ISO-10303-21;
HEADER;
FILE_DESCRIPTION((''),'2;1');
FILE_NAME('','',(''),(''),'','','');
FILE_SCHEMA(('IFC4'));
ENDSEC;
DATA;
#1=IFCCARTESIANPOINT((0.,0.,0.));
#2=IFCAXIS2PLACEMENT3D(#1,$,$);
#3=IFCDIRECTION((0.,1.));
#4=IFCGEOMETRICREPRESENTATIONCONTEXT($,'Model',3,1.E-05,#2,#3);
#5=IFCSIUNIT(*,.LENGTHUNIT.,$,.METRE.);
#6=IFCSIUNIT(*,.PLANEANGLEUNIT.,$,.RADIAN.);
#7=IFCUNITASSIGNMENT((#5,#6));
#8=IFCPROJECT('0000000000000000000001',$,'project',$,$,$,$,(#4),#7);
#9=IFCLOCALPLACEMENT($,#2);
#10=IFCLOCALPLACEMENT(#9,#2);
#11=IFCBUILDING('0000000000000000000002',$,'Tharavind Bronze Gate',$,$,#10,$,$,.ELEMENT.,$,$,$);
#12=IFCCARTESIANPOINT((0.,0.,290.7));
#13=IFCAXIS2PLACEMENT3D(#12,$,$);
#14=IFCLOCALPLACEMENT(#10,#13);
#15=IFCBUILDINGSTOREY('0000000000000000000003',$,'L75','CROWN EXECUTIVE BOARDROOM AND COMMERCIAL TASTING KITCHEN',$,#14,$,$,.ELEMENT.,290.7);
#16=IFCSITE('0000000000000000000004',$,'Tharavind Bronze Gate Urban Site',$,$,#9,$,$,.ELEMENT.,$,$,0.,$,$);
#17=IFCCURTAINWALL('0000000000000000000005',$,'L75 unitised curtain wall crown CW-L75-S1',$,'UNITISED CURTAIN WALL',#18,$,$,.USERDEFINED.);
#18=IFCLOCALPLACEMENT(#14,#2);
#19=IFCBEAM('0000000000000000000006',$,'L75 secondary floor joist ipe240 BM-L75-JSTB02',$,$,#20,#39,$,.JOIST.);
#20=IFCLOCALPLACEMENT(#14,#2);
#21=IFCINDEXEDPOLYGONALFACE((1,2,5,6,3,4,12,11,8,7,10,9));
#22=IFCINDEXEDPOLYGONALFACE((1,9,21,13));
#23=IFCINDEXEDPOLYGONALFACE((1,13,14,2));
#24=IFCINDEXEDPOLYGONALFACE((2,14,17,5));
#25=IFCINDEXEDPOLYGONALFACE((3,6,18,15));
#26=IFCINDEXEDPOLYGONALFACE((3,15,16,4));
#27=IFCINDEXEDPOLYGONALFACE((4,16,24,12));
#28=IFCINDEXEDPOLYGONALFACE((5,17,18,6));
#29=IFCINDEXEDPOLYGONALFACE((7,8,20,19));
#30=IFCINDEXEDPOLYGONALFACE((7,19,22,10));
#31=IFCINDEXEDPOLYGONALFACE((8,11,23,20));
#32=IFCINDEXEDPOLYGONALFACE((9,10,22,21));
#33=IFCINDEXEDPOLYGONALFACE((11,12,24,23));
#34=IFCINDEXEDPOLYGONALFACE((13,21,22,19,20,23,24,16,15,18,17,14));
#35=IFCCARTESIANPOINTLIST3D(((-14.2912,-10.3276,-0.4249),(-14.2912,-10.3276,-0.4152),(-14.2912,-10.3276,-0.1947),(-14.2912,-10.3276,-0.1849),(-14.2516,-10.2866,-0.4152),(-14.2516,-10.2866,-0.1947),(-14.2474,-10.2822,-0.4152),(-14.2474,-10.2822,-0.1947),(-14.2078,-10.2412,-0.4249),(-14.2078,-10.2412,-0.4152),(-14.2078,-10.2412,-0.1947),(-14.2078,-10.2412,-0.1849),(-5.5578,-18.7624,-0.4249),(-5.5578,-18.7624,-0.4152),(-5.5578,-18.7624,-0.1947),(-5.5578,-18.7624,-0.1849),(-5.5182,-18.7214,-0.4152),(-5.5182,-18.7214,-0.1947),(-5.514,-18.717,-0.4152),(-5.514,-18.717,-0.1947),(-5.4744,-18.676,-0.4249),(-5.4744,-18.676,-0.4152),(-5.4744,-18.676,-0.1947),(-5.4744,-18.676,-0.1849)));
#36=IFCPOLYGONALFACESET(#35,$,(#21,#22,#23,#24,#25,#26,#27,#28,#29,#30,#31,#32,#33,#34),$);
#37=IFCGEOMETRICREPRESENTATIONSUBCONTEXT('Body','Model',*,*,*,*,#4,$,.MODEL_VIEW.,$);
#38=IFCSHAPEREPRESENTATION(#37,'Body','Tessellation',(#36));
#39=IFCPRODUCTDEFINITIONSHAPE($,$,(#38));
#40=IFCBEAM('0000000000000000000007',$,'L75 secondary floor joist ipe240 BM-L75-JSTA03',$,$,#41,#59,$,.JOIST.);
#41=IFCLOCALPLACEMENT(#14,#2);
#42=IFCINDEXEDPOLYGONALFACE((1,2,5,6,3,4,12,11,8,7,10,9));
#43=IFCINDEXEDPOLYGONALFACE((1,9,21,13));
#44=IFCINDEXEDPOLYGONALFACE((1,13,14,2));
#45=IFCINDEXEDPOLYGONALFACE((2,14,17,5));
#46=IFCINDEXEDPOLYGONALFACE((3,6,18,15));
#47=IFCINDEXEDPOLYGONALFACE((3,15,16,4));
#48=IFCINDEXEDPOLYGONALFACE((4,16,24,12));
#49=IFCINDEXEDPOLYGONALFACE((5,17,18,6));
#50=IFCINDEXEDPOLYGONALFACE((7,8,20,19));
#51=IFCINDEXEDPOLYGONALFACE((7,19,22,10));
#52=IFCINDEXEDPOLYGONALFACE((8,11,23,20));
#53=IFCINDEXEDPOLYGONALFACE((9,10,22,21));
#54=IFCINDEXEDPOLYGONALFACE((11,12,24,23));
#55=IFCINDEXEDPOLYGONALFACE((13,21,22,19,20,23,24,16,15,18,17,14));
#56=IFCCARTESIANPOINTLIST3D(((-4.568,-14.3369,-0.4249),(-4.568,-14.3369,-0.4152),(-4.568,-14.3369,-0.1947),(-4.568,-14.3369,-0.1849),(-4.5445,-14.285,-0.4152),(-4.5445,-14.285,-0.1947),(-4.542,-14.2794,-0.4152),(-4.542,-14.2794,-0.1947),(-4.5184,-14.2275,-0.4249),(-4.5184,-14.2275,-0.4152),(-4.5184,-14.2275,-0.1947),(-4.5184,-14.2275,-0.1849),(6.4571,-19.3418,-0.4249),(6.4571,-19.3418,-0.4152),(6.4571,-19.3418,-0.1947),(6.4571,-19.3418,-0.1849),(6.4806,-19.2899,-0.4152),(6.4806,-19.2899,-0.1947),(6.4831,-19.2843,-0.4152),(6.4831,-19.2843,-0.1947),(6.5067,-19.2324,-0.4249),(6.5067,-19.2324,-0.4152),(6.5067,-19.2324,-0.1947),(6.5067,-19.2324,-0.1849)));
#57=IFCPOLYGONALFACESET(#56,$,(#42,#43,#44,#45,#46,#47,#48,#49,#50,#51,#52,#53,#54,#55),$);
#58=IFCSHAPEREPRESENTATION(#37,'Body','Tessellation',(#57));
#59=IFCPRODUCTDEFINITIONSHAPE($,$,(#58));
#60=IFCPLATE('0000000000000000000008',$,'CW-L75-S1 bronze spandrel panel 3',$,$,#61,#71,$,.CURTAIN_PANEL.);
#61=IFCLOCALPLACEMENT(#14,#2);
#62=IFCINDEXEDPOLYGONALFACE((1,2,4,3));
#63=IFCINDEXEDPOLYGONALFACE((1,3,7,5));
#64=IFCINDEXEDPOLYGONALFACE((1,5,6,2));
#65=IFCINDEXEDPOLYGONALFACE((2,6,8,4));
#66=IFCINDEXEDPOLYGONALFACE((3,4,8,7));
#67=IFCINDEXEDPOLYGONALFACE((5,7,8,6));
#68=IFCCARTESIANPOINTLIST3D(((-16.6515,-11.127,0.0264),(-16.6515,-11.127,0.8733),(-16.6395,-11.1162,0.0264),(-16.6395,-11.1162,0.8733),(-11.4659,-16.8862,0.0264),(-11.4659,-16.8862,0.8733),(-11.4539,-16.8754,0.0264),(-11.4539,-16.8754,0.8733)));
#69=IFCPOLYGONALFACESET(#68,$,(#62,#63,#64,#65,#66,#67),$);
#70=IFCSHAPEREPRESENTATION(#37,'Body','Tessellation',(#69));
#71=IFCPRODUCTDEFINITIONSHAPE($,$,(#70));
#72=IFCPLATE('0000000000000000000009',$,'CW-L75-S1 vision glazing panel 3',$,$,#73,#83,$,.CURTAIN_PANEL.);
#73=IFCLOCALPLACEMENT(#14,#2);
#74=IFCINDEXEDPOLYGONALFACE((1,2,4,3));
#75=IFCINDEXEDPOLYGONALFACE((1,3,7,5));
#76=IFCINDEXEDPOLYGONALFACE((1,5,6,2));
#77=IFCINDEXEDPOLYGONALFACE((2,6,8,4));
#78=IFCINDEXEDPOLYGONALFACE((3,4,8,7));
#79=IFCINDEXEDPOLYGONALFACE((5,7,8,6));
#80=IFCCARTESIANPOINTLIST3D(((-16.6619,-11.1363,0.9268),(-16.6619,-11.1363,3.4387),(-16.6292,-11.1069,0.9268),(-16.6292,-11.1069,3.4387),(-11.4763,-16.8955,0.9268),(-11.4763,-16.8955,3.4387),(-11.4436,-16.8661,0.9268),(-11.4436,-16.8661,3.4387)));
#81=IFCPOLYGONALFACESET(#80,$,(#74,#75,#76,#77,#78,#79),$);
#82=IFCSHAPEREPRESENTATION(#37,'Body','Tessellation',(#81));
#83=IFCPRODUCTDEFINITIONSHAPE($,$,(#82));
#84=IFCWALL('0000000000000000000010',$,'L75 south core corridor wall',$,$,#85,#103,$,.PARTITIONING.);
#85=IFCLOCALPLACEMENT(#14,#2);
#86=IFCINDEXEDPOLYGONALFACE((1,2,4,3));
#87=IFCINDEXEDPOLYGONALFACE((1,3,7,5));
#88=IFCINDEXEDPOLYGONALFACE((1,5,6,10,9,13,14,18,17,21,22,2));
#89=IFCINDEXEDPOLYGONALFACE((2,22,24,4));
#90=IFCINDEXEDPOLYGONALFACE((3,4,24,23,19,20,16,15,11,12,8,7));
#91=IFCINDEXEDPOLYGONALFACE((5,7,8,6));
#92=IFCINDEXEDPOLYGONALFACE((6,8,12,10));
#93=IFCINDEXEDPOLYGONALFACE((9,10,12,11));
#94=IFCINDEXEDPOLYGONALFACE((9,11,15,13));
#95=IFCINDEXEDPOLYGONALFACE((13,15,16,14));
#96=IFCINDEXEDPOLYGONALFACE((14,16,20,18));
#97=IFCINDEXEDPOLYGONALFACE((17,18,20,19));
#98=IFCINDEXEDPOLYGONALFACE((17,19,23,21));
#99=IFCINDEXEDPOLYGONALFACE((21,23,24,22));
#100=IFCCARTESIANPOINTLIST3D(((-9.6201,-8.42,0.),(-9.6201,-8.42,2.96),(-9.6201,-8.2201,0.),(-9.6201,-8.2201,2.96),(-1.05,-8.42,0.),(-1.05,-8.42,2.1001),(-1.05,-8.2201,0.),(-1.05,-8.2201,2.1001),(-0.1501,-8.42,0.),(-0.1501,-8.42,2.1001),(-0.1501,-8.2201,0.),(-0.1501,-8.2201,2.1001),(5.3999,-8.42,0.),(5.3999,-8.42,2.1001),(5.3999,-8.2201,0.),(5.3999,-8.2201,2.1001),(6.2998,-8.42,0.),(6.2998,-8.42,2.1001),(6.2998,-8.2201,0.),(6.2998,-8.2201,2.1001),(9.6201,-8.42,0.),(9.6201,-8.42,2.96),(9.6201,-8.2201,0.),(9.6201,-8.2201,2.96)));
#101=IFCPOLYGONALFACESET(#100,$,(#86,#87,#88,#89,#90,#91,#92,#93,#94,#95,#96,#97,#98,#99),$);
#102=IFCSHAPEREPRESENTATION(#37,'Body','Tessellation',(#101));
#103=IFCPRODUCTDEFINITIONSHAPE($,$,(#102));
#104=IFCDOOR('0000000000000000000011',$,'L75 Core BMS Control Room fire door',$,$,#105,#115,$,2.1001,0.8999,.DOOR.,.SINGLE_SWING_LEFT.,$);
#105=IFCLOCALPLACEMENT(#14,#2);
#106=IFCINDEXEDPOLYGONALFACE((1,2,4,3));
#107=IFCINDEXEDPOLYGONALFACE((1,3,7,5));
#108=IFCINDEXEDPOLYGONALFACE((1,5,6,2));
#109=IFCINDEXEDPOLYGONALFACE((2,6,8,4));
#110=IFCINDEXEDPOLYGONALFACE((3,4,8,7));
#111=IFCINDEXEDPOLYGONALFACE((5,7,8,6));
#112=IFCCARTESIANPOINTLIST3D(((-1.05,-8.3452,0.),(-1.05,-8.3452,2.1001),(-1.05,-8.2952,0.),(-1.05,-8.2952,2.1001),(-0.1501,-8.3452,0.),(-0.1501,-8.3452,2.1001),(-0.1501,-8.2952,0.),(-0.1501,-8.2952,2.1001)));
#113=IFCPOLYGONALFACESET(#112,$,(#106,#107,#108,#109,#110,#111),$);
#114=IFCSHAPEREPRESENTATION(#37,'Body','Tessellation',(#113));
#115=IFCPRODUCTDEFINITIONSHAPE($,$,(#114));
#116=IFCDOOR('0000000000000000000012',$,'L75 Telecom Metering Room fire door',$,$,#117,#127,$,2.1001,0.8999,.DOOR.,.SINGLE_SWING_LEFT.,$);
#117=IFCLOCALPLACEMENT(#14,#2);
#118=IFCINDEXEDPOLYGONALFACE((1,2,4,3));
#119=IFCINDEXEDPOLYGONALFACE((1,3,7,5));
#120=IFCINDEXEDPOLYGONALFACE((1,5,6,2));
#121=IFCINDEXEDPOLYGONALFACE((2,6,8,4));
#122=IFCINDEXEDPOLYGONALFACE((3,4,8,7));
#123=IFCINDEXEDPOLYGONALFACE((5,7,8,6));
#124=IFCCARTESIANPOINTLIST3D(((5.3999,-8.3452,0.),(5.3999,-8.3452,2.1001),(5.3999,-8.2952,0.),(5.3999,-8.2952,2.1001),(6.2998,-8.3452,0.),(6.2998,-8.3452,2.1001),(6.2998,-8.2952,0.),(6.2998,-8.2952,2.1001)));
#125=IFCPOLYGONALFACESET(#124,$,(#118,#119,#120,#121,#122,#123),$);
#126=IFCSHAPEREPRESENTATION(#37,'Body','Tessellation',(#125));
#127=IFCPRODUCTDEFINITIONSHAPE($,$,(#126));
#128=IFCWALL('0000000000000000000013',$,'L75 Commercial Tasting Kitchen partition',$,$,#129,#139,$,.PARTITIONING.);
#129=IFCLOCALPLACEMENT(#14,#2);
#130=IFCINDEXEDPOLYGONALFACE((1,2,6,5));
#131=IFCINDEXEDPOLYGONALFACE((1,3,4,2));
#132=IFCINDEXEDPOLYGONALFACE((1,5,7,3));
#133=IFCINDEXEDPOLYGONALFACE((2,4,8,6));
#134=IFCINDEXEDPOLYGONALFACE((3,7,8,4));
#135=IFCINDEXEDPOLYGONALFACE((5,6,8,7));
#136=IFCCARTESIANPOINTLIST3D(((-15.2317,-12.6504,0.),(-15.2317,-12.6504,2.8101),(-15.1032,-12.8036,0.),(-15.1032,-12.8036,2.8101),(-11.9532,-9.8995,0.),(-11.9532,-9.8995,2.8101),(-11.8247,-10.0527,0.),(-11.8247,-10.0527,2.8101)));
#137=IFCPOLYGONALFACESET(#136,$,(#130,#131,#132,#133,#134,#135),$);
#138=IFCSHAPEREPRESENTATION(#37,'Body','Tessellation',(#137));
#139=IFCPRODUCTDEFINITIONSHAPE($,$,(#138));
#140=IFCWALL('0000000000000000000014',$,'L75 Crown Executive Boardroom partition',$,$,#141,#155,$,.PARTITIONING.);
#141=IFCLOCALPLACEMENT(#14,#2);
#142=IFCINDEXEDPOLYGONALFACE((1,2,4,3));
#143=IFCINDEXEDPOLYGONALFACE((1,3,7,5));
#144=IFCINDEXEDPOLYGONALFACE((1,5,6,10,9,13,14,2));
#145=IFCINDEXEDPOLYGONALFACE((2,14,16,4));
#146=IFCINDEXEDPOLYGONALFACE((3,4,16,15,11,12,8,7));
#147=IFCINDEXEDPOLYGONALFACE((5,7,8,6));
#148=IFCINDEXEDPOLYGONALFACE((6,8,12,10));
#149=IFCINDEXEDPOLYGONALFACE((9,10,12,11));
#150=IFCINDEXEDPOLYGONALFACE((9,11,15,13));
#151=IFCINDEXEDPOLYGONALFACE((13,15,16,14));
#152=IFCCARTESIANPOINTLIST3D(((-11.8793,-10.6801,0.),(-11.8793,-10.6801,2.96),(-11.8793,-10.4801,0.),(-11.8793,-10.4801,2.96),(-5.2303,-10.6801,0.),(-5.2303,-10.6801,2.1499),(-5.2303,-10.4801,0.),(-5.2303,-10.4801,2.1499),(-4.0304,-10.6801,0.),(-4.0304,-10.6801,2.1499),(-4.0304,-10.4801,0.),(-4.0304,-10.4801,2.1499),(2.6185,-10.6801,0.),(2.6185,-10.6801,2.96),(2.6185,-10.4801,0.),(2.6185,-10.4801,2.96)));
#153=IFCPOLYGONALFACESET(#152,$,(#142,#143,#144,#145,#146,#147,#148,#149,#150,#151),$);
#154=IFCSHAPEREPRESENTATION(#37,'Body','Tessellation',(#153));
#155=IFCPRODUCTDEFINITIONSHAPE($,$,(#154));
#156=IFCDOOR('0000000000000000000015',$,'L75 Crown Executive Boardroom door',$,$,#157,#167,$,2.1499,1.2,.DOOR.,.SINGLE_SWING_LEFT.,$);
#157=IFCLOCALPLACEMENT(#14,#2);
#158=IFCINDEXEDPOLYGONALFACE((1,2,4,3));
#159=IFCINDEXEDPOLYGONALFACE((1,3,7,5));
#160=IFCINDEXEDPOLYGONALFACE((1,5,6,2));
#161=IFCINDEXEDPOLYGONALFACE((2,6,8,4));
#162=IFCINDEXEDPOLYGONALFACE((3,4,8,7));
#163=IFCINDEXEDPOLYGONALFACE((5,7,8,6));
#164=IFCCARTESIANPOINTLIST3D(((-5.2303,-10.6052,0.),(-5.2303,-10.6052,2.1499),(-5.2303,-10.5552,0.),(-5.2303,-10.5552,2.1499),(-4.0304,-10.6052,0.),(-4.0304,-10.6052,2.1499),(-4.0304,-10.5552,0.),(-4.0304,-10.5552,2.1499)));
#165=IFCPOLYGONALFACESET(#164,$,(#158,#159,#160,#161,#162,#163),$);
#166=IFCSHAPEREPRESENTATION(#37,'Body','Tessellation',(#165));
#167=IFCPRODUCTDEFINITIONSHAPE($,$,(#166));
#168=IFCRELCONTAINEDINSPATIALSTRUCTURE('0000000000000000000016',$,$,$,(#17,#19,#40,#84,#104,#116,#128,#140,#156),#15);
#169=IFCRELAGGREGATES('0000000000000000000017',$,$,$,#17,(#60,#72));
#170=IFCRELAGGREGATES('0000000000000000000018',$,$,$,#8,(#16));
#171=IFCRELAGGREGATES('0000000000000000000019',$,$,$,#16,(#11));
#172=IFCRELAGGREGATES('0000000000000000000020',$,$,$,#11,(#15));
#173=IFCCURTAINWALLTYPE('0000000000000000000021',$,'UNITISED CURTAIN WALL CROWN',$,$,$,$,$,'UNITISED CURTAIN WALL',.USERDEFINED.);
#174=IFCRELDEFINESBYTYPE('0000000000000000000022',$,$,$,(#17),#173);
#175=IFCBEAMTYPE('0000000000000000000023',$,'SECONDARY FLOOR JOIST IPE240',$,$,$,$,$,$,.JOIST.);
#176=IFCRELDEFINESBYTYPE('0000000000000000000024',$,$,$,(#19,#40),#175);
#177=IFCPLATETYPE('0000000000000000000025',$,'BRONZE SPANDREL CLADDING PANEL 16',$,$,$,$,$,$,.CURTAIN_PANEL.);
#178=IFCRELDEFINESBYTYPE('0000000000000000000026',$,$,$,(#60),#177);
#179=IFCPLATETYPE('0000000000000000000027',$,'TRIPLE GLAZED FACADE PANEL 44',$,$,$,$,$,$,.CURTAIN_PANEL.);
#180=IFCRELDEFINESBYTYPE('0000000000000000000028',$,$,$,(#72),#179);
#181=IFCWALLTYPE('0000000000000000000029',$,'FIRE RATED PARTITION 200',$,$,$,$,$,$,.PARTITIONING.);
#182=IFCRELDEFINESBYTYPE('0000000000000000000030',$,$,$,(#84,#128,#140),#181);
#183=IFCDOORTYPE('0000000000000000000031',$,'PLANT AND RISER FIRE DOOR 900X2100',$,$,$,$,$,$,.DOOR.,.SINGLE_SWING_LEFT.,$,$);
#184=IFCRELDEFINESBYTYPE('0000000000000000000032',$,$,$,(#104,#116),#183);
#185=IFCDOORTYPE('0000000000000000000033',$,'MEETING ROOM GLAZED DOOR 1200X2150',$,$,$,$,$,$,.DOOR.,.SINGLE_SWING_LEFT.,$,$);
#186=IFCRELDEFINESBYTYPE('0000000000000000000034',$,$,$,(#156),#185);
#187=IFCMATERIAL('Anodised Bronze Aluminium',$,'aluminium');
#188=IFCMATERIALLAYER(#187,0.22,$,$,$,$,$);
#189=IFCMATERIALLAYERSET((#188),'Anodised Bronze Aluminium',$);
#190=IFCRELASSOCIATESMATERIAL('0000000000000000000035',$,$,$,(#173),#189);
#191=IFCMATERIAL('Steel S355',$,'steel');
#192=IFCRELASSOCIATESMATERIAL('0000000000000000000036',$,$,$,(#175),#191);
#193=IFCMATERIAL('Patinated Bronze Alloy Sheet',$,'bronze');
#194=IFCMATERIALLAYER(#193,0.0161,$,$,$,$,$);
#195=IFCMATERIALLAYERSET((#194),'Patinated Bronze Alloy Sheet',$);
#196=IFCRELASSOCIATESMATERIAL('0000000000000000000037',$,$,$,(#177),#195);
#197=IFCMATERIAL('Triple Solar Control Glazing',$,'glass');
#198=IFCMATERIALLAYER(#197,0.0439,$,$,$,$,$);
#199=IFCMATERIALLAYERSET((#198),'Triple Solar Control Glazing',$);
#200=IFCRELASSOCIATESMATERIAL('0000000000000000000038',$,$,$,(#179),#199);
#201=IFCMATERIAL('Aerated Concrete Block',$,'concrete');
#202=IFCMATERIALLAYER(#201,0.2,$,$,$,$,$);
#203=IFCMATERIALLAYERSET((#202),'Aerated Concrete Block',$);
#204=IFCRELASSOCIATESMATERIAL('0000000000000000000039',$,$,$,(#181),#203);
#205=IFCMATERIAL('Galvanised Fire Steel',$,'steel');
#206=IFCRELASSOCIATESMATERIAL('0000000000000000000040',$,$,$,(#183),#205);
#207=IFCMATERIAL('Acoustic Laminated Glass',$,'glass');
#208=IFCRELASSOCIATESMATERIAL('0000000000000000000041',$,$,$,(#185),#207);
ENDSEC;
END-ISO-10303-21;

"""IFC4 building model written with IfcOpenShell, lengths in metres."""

from ifc_helpers import new_model, si_unit, direction, frame, frame_2d, origin, origin_2d, place, context, subcontext, project, spatial, rectangle, i_section, extrude, material, layer, layer_set, material_profile, profile_set, type_object, element, fill, aggregate, save


model = new_model("IFC4")

# Units and contexts
model_context = context("Model", 3, precision=1e-05, world=origin(), true_north=direction((0.0, 1.0)))
body_context = subcontext(model_context, "Body", "Model", "MODEL_VIEW")
ifc_project = project(units=[si_unit("LENGTHUNIT", "METRE"), si_unit("PLANEANGLEUNIT", "RADIAN")], contexts=[model_context])

# Site, building, storey
site_placement = place(None, origin())
site = spatial("IfcSite", under=ifc_project, at=site_placement, Name="Tharavind Bronze Gate Urban Site", CompositionType="ELEMENT", RefElevation=0.0)
building_placement = place(site_placement, origin())
building = spatial("IfcBuilding", under=site, at=building_placement, Name="Tharavind Bronze Gate", CompositionType="ELEMENT")
storey_placement = place(building_placement, frame((0.0, 0.0, 290.7)))
storey = spatial("IfcBuildingStorey", under=building, at=storey_placement, Name="L75", Description="CROWN EXECUTIVE BOARDROOM AND COMMERCIAL TASTING KITCHEN", CompositionType="ELEMENT", Elevation=290.7)

# Curtain wall
ifc_material_1 = material(Name="Anodised Bronze Aluminium", Category="aluminium")
ifc_layer_1 = layer(ifc_material_1, 0.22)
ifc_layer_set_1 = layer_set([ifc_layer_1], Name="Anodised Bronze Aluminium")
curtain_wall_type = type_object("IfcCurtainWallType", Name="UNITISED CURTAIN WALL CROWN", ElementType="UNITISED CURTAIN WALL", PredefinedType="USERDEFINED", material=ifc_layer_set_1)
curtain_wall_placement = place(storey_placement, origin())
curtain_wall = element("IfcCurtainWall", 1, at=curtain_wall_placement, inside=storey, type_object=curtain_wall_type, Name="L75 unitised curtain wall crown CW-L75-S1", ObjectType="UNITISED CURTAIN WALL", PredefinedType="USERDEFINED")

# Beams
ifc_material_2 = material(Name="Steel S355", Category="steel")
ifc_material_profile_1 = material_profile(ifc_material_2, i_section(OverallWidth=0.1201, OverallDepth=0.24, WebThickness=0.0061, FlangeThickness=0.0098, at=origin_2d()), Name="IPE240")
ifc_profile_set_1 = profile_set([ifc_material_profile_1], Name="Steel S355")
beam_type_1 = type_object("IfcBeamType", Name="SECONDARY FLOOR JOIST IPE240", PredefinedType="JOIST", material=ifc_profile_set_1)
beam_1_placement = place(storey_placement, frame((-14.2495, -10.2844, -0.3049), z_axis=(0.719296, -0.694704, 0.0), x_axis=(0.694704, 0.719296, 0.0)))
element("IfcBeam", 2, at=beam_1_placement, inside=storey, type_object=beam_type_1, Name="L75 secondary floor joist ipe240 BM-L75-JSTB02", PredefinedType="JOIST", context=body_context, shape_type="SweptSolid", body=[
    extrude(i_section(OverallWidth=0.1201, OverallDepth=0.24, WebThickness=0.0061, FlangeThickness=0.0098, at=origin_2d()), origin(), (0.0, 0.0, 1.0), 12.1416),
])
beam_2_placement = place(storey_placement, frame((-4.5432, -14.2822, -0.3049), z_axis=(0.91057, -0.413355, 0.0), x_axis=(0.413355, 0.91057, 0.0)))
element("IfcBeam", 3, at=beam_2_placement, inside=storey, type_object=beam_type_1, Name="L75 secondary floor joist ipe240 BM-L75-JSTA03", PredefinedType="JOIST", context=body_context, shape_type="SweptSolid", body=[
    extrude(i_section(OverallWidth=0.1201, OverallDepth=0.24, WebThickness=0.0061, FlangeThickness=0.0098, at=origin_2d()), origin(), (0.0, 0.0, 1.0), 12.1079),
])

# Plates
ifc_material_3 = material(Name="Patinated Bronze Alloy Sheet", Category="bronze")
ifc_layer_2 = layer(ifc_material_3, 0.0161)
ifc_layer_set_2 = layer_set([ifc_layer_2], Name="Patinated Bronze Alloy Sheet")
plate_type_1 = type_object("IfcPlateType", Name="BRONZE SPANDREL CLADDING PANEL 16", PredefinedType="CURTAIN_PANEL", material=ifc_layer_set_2)
plate_1_placement = place(storey_placement, frame((-14.0527, -14.0012, 0.0264), z_axis=(0.0, 0.0, 1.0), x_axis=(0.669131, -0.743145, 0.0)))
plate_1 = element("IfcPlate", 4, at=plate_1_placement, type_object=plate_type_1, Name="CW-L75-S1 bronze spandrel panel 3", PredefinedType="CURTAIN_PANEL", context=body_context, shape_type="SweptSolid", body=[
    extrude(rectangle(XDim=7.7498, YDim=0.0161, at=origin_2d()), origin(), (0.0, 0.0, 1.0), 0.8469),
])
ifc_material_4 = material(Name="Triple Solar Control Glazing", Category="glass")
ifc_layer_3 = layer(ifc_material_4, 0.0439)
ifc_layer_set_3 = layer_set([ifc_layer_3], Name="Triple Solar Control Glazing")
plate_type_2 = type_object("IfcPlateType", Name="TRIPLE GLAZED FACADE PANEL 44", PredefinedType="CURTAIN_PANEL", material=ifc_layer_set_3)
plate_2_placement = place(storey_placement, frame((-14.0527, -14.0012, 0.9268), z_axis=(0.0, 0.0, 1.0), x_axis=(0.669131, -0.743145, 0.0)))
plate_2 = element("IfcPlate", 5, at=plate_2_placement, type_object=plate_type_2, Name="CW-L75-S1 vision glazing panel 3", PredefinedType="CURTAIN_PANEL", context=body_context, shape_type="SweptSolid", body=[
    extrude(rectangle(XDim=7.7498, YDim=0.0439, at=origin_2d()), origin(), (0.0, 0.0, 1.0), 2.512),
])
aggregate(curtain_wall, [plate_1, plate_2])

# Wall, openings, doors
ifc_material_5 = material(Name="Aerated Concrete Block", Category="concrete")
ifc_layer_4 = layer(ifc_material_5, 0.2)
ifc_layer_set_4 = layer_set([ifc_layer_4], Name="Aerated Concrete Block")
wall_type = type_object("IfcWallType", Name="FIRE RATED PARTITION 200", PredefinedType="PARTITIONING", material=ifc_layer_set_4)
wall_1_placement = place(storey_placement, frame((-9.6201, -8.3201, 0.0), z_axis=(0.0, 0.0, 1.0), x_axis=(1.0, 0.0, 0.0)))
wall_1 = element("IfcWall", 6, at=wall_1_placement, inside=storey, type_object=wall_type, Name="L75 south core corridor wall", PredefinedType="PARTITIONING", context=body_context, shape_type="SweptSolid", body=[
    extrude(rectangle(XDim=19.2402, YDim=0.2, at=frame_2d((9.6201, 0.0))), origin(), (0.0, 0.0, 1.0), 2.96),
])
opening_1_placement = place(wall_1_placement, frame((8.5701, 0.0, 0.0)))
opening_1 = element("IfcOpeningElement", 7, at=opening_1_placement, cuts=wall_1, PredefinedType="OPENING", context=body_context, shape_type="SweptSolid", body=[
    extrude(rectangle(XDim=0.8999, YDim=2.1001, at=frame_2d((0.45, 1.05))), frame((0.0, 0.1101, 0.0), z_axis=(0.0, -1.0, 0.0), x_axis=(1.0, 0.0, 0.0)), (0.0, 0.0, 1.0), 0.22),
])
opening_2_placement = place(wall_1_placement, frame((15.02, 0.0, 0.0)))
opening_2 = element("IfcOpeningElement", 8, at=opening_2_placement, cuts=wall_1, PredefinedType="OPENING", context=body_context, shape_type="SweptSolid", body=[
    extrude(rectangle(XDim=0.8999, YDim=2.1001, at=frame_2d((0.45, 1.05))), frame((0.0, 0.1101, 0.0), z_axis=(0.0, -1.0, 0.0), x_axis=(1.0, 0.0, 0.0)), (0.0, 0.0, 1.0), 0.22),
])
ifc_material_6 = material(Name="Galvanised Fire Steel", Category="steel")
door_type_1 = type_object("IfcDoorType", Name="PLANT AND RISER FIRE DOOR 900X2100", OperationType="SINGLE_SWING_LEFT", PredefinedType="DOOR", material=ifc_material_6)
door_1_placement = place(opening_1_placement, origin())
door_1 = element("IfcDoor", 9, at=door_1_placement, inside=storey, type_object=door_type_1, Name="L75 Core BMS Control Room fire door", OperationType="SINGLE_SWING_LEFT", OverallHeight=2.1001, OverallWidth=0.8999, PredefinedType="DOOR", context=body_context, shape_type="SweptSolid", body=[
    extrude(rectangle(XDim=0.8999, YDim=2.1001, at=frame_2d((0.45, 1.05))), frame((0.0, 0.0249, 0.0), z_axis=(0.0, -1.0, 0.0), x_axis=(1.0, 0.0, 0.0)), (0.0, 0.0, 1.0), 0.05),
])
fill(opening_1, door_1)
door_2_placement = place(opening_2_placement, origin())
door_2 = element("IfcDoor", 10, at=door_2_placement, inside=storey, type_object=door_type_1, Name="L75 Telecom Metering Room fire door", OperationType="SINGLE_SWING_LEFT", OverallHeight=2.1001, OverallWidth=0.8999, PredefinedType="DOOR", context=body_context, shape_type="SweptSolid", body=[
    extrude(rectangle(XDim=0.8999, YDim=2.1001, at=frame_2d((0.45, 1.05))), frame((0.0, 0.0249, 0.0), z_axis=(0.0, -1.0, 0.0), x_axis=(1.0, 0.0, 0.0)), (0.0, 0.0, 1.0), 0.05),
])
fill(opening_2, door_2)

# Wall
wall_2_placement = place(storey_placement, frame((-11.8889, -9.9761, 0.0), z_axis=(0.0, 0.0, 1.0), x_axis=(-0.766052, -0.642779, 0.0)))
element("IfcWall", 11, at=wall_2_placement, inside=storey, type_object=wall_type, Name="L75 Commercial Tasting Kitchen partition", PredefinedType="PARTITIONING", context=body_context, shape_type="SweptSolid", body=[
    extrude(rectangle(XDim=4.2798, YDim=0.2, at=frame_2d((2.1399, 0.0))), origin(), (0.0, 0.0, 1.0), 2.8101),
])

# Wall, opening, door
wall_3_placement = place(storey_placement, frame((-11.8794, -10.5801, 0.0), z_axis=(0.0, 0.0, 1.0), x_axis=(1.0, 0.0, 0.0)))
wall_3 = element("IfcWall", 12, at=wall_3_placement, inside=storey, type_object=wall_type, Name="L75 Crown Executive Boardroom partition", PredefinedType="PARTITIONING", context=body_context, shape_type="SweptSolid", body=[
    extrude(rectangle(XDim=14.4978, YDim=0.2, at=frame_2d((7.249, 0.0))), origin(), (0.0, 0.0, 1.0), 2.96),
])
opening_3_placement = place(wall_3_placement, frame((6.6489, 0.0, 0.0)))
opening_3 = element("IfcOpeningElement", 13, at=opening_3_placement, cuts=wall_3, PredefinedType="OPENING", context=body_context, shape_type="SweptSolid", body=[
    extrude(rectangle(XDim=1.2, YDim=2.1499, at=frame_2d((0.6001, 1.075))), frame((0.0, 0.1101, 0.0), z_axis=(0.0, -1.0, 0.0), x_axis=(1.0, 0.0, 0.0)), (0.0, 0.0, 1.0), 0.22),
])
ifc_material_7 = material(Name="Acoustic Laminated Glass", Category="glass")
door_type_2 = type_object("IfcDoorType", Name="MEETING ROOM GLAZED DOOR 1200X2150", OperationType="SINGLE_SWING_LEFT", PredefinedType="DOOR", material=ifc_material_7)
door_3_placement = place(opening_3_placement, origin())
door_3 = element("IfcDoor", 14, at=door_3_placement, inside=storey, type_object=door_type_2, Name="L75 Crown Executive Boardroom door", OperationType="SINGLE_SWING_LEFT", OverallHeight=2.1499, OverallWidth=1.2, PredefinedType="DOOR", context=body_context, shape_type="SweptSolid", body=[
    extrude(rectangle(XDim=1.2, YDim=2.1499, at=frame_2d((0.6001, 1.075))), frame((0.0, 0.0249, 0.0), z_axis=(0.0, -1.0, 0.0), x_axis=(1.0, 0.0, 0.0)), (0.0, 0.0, 1.0), 0.05),
])
fill(opening_3, door_3)

save(model, "model.ifc")
